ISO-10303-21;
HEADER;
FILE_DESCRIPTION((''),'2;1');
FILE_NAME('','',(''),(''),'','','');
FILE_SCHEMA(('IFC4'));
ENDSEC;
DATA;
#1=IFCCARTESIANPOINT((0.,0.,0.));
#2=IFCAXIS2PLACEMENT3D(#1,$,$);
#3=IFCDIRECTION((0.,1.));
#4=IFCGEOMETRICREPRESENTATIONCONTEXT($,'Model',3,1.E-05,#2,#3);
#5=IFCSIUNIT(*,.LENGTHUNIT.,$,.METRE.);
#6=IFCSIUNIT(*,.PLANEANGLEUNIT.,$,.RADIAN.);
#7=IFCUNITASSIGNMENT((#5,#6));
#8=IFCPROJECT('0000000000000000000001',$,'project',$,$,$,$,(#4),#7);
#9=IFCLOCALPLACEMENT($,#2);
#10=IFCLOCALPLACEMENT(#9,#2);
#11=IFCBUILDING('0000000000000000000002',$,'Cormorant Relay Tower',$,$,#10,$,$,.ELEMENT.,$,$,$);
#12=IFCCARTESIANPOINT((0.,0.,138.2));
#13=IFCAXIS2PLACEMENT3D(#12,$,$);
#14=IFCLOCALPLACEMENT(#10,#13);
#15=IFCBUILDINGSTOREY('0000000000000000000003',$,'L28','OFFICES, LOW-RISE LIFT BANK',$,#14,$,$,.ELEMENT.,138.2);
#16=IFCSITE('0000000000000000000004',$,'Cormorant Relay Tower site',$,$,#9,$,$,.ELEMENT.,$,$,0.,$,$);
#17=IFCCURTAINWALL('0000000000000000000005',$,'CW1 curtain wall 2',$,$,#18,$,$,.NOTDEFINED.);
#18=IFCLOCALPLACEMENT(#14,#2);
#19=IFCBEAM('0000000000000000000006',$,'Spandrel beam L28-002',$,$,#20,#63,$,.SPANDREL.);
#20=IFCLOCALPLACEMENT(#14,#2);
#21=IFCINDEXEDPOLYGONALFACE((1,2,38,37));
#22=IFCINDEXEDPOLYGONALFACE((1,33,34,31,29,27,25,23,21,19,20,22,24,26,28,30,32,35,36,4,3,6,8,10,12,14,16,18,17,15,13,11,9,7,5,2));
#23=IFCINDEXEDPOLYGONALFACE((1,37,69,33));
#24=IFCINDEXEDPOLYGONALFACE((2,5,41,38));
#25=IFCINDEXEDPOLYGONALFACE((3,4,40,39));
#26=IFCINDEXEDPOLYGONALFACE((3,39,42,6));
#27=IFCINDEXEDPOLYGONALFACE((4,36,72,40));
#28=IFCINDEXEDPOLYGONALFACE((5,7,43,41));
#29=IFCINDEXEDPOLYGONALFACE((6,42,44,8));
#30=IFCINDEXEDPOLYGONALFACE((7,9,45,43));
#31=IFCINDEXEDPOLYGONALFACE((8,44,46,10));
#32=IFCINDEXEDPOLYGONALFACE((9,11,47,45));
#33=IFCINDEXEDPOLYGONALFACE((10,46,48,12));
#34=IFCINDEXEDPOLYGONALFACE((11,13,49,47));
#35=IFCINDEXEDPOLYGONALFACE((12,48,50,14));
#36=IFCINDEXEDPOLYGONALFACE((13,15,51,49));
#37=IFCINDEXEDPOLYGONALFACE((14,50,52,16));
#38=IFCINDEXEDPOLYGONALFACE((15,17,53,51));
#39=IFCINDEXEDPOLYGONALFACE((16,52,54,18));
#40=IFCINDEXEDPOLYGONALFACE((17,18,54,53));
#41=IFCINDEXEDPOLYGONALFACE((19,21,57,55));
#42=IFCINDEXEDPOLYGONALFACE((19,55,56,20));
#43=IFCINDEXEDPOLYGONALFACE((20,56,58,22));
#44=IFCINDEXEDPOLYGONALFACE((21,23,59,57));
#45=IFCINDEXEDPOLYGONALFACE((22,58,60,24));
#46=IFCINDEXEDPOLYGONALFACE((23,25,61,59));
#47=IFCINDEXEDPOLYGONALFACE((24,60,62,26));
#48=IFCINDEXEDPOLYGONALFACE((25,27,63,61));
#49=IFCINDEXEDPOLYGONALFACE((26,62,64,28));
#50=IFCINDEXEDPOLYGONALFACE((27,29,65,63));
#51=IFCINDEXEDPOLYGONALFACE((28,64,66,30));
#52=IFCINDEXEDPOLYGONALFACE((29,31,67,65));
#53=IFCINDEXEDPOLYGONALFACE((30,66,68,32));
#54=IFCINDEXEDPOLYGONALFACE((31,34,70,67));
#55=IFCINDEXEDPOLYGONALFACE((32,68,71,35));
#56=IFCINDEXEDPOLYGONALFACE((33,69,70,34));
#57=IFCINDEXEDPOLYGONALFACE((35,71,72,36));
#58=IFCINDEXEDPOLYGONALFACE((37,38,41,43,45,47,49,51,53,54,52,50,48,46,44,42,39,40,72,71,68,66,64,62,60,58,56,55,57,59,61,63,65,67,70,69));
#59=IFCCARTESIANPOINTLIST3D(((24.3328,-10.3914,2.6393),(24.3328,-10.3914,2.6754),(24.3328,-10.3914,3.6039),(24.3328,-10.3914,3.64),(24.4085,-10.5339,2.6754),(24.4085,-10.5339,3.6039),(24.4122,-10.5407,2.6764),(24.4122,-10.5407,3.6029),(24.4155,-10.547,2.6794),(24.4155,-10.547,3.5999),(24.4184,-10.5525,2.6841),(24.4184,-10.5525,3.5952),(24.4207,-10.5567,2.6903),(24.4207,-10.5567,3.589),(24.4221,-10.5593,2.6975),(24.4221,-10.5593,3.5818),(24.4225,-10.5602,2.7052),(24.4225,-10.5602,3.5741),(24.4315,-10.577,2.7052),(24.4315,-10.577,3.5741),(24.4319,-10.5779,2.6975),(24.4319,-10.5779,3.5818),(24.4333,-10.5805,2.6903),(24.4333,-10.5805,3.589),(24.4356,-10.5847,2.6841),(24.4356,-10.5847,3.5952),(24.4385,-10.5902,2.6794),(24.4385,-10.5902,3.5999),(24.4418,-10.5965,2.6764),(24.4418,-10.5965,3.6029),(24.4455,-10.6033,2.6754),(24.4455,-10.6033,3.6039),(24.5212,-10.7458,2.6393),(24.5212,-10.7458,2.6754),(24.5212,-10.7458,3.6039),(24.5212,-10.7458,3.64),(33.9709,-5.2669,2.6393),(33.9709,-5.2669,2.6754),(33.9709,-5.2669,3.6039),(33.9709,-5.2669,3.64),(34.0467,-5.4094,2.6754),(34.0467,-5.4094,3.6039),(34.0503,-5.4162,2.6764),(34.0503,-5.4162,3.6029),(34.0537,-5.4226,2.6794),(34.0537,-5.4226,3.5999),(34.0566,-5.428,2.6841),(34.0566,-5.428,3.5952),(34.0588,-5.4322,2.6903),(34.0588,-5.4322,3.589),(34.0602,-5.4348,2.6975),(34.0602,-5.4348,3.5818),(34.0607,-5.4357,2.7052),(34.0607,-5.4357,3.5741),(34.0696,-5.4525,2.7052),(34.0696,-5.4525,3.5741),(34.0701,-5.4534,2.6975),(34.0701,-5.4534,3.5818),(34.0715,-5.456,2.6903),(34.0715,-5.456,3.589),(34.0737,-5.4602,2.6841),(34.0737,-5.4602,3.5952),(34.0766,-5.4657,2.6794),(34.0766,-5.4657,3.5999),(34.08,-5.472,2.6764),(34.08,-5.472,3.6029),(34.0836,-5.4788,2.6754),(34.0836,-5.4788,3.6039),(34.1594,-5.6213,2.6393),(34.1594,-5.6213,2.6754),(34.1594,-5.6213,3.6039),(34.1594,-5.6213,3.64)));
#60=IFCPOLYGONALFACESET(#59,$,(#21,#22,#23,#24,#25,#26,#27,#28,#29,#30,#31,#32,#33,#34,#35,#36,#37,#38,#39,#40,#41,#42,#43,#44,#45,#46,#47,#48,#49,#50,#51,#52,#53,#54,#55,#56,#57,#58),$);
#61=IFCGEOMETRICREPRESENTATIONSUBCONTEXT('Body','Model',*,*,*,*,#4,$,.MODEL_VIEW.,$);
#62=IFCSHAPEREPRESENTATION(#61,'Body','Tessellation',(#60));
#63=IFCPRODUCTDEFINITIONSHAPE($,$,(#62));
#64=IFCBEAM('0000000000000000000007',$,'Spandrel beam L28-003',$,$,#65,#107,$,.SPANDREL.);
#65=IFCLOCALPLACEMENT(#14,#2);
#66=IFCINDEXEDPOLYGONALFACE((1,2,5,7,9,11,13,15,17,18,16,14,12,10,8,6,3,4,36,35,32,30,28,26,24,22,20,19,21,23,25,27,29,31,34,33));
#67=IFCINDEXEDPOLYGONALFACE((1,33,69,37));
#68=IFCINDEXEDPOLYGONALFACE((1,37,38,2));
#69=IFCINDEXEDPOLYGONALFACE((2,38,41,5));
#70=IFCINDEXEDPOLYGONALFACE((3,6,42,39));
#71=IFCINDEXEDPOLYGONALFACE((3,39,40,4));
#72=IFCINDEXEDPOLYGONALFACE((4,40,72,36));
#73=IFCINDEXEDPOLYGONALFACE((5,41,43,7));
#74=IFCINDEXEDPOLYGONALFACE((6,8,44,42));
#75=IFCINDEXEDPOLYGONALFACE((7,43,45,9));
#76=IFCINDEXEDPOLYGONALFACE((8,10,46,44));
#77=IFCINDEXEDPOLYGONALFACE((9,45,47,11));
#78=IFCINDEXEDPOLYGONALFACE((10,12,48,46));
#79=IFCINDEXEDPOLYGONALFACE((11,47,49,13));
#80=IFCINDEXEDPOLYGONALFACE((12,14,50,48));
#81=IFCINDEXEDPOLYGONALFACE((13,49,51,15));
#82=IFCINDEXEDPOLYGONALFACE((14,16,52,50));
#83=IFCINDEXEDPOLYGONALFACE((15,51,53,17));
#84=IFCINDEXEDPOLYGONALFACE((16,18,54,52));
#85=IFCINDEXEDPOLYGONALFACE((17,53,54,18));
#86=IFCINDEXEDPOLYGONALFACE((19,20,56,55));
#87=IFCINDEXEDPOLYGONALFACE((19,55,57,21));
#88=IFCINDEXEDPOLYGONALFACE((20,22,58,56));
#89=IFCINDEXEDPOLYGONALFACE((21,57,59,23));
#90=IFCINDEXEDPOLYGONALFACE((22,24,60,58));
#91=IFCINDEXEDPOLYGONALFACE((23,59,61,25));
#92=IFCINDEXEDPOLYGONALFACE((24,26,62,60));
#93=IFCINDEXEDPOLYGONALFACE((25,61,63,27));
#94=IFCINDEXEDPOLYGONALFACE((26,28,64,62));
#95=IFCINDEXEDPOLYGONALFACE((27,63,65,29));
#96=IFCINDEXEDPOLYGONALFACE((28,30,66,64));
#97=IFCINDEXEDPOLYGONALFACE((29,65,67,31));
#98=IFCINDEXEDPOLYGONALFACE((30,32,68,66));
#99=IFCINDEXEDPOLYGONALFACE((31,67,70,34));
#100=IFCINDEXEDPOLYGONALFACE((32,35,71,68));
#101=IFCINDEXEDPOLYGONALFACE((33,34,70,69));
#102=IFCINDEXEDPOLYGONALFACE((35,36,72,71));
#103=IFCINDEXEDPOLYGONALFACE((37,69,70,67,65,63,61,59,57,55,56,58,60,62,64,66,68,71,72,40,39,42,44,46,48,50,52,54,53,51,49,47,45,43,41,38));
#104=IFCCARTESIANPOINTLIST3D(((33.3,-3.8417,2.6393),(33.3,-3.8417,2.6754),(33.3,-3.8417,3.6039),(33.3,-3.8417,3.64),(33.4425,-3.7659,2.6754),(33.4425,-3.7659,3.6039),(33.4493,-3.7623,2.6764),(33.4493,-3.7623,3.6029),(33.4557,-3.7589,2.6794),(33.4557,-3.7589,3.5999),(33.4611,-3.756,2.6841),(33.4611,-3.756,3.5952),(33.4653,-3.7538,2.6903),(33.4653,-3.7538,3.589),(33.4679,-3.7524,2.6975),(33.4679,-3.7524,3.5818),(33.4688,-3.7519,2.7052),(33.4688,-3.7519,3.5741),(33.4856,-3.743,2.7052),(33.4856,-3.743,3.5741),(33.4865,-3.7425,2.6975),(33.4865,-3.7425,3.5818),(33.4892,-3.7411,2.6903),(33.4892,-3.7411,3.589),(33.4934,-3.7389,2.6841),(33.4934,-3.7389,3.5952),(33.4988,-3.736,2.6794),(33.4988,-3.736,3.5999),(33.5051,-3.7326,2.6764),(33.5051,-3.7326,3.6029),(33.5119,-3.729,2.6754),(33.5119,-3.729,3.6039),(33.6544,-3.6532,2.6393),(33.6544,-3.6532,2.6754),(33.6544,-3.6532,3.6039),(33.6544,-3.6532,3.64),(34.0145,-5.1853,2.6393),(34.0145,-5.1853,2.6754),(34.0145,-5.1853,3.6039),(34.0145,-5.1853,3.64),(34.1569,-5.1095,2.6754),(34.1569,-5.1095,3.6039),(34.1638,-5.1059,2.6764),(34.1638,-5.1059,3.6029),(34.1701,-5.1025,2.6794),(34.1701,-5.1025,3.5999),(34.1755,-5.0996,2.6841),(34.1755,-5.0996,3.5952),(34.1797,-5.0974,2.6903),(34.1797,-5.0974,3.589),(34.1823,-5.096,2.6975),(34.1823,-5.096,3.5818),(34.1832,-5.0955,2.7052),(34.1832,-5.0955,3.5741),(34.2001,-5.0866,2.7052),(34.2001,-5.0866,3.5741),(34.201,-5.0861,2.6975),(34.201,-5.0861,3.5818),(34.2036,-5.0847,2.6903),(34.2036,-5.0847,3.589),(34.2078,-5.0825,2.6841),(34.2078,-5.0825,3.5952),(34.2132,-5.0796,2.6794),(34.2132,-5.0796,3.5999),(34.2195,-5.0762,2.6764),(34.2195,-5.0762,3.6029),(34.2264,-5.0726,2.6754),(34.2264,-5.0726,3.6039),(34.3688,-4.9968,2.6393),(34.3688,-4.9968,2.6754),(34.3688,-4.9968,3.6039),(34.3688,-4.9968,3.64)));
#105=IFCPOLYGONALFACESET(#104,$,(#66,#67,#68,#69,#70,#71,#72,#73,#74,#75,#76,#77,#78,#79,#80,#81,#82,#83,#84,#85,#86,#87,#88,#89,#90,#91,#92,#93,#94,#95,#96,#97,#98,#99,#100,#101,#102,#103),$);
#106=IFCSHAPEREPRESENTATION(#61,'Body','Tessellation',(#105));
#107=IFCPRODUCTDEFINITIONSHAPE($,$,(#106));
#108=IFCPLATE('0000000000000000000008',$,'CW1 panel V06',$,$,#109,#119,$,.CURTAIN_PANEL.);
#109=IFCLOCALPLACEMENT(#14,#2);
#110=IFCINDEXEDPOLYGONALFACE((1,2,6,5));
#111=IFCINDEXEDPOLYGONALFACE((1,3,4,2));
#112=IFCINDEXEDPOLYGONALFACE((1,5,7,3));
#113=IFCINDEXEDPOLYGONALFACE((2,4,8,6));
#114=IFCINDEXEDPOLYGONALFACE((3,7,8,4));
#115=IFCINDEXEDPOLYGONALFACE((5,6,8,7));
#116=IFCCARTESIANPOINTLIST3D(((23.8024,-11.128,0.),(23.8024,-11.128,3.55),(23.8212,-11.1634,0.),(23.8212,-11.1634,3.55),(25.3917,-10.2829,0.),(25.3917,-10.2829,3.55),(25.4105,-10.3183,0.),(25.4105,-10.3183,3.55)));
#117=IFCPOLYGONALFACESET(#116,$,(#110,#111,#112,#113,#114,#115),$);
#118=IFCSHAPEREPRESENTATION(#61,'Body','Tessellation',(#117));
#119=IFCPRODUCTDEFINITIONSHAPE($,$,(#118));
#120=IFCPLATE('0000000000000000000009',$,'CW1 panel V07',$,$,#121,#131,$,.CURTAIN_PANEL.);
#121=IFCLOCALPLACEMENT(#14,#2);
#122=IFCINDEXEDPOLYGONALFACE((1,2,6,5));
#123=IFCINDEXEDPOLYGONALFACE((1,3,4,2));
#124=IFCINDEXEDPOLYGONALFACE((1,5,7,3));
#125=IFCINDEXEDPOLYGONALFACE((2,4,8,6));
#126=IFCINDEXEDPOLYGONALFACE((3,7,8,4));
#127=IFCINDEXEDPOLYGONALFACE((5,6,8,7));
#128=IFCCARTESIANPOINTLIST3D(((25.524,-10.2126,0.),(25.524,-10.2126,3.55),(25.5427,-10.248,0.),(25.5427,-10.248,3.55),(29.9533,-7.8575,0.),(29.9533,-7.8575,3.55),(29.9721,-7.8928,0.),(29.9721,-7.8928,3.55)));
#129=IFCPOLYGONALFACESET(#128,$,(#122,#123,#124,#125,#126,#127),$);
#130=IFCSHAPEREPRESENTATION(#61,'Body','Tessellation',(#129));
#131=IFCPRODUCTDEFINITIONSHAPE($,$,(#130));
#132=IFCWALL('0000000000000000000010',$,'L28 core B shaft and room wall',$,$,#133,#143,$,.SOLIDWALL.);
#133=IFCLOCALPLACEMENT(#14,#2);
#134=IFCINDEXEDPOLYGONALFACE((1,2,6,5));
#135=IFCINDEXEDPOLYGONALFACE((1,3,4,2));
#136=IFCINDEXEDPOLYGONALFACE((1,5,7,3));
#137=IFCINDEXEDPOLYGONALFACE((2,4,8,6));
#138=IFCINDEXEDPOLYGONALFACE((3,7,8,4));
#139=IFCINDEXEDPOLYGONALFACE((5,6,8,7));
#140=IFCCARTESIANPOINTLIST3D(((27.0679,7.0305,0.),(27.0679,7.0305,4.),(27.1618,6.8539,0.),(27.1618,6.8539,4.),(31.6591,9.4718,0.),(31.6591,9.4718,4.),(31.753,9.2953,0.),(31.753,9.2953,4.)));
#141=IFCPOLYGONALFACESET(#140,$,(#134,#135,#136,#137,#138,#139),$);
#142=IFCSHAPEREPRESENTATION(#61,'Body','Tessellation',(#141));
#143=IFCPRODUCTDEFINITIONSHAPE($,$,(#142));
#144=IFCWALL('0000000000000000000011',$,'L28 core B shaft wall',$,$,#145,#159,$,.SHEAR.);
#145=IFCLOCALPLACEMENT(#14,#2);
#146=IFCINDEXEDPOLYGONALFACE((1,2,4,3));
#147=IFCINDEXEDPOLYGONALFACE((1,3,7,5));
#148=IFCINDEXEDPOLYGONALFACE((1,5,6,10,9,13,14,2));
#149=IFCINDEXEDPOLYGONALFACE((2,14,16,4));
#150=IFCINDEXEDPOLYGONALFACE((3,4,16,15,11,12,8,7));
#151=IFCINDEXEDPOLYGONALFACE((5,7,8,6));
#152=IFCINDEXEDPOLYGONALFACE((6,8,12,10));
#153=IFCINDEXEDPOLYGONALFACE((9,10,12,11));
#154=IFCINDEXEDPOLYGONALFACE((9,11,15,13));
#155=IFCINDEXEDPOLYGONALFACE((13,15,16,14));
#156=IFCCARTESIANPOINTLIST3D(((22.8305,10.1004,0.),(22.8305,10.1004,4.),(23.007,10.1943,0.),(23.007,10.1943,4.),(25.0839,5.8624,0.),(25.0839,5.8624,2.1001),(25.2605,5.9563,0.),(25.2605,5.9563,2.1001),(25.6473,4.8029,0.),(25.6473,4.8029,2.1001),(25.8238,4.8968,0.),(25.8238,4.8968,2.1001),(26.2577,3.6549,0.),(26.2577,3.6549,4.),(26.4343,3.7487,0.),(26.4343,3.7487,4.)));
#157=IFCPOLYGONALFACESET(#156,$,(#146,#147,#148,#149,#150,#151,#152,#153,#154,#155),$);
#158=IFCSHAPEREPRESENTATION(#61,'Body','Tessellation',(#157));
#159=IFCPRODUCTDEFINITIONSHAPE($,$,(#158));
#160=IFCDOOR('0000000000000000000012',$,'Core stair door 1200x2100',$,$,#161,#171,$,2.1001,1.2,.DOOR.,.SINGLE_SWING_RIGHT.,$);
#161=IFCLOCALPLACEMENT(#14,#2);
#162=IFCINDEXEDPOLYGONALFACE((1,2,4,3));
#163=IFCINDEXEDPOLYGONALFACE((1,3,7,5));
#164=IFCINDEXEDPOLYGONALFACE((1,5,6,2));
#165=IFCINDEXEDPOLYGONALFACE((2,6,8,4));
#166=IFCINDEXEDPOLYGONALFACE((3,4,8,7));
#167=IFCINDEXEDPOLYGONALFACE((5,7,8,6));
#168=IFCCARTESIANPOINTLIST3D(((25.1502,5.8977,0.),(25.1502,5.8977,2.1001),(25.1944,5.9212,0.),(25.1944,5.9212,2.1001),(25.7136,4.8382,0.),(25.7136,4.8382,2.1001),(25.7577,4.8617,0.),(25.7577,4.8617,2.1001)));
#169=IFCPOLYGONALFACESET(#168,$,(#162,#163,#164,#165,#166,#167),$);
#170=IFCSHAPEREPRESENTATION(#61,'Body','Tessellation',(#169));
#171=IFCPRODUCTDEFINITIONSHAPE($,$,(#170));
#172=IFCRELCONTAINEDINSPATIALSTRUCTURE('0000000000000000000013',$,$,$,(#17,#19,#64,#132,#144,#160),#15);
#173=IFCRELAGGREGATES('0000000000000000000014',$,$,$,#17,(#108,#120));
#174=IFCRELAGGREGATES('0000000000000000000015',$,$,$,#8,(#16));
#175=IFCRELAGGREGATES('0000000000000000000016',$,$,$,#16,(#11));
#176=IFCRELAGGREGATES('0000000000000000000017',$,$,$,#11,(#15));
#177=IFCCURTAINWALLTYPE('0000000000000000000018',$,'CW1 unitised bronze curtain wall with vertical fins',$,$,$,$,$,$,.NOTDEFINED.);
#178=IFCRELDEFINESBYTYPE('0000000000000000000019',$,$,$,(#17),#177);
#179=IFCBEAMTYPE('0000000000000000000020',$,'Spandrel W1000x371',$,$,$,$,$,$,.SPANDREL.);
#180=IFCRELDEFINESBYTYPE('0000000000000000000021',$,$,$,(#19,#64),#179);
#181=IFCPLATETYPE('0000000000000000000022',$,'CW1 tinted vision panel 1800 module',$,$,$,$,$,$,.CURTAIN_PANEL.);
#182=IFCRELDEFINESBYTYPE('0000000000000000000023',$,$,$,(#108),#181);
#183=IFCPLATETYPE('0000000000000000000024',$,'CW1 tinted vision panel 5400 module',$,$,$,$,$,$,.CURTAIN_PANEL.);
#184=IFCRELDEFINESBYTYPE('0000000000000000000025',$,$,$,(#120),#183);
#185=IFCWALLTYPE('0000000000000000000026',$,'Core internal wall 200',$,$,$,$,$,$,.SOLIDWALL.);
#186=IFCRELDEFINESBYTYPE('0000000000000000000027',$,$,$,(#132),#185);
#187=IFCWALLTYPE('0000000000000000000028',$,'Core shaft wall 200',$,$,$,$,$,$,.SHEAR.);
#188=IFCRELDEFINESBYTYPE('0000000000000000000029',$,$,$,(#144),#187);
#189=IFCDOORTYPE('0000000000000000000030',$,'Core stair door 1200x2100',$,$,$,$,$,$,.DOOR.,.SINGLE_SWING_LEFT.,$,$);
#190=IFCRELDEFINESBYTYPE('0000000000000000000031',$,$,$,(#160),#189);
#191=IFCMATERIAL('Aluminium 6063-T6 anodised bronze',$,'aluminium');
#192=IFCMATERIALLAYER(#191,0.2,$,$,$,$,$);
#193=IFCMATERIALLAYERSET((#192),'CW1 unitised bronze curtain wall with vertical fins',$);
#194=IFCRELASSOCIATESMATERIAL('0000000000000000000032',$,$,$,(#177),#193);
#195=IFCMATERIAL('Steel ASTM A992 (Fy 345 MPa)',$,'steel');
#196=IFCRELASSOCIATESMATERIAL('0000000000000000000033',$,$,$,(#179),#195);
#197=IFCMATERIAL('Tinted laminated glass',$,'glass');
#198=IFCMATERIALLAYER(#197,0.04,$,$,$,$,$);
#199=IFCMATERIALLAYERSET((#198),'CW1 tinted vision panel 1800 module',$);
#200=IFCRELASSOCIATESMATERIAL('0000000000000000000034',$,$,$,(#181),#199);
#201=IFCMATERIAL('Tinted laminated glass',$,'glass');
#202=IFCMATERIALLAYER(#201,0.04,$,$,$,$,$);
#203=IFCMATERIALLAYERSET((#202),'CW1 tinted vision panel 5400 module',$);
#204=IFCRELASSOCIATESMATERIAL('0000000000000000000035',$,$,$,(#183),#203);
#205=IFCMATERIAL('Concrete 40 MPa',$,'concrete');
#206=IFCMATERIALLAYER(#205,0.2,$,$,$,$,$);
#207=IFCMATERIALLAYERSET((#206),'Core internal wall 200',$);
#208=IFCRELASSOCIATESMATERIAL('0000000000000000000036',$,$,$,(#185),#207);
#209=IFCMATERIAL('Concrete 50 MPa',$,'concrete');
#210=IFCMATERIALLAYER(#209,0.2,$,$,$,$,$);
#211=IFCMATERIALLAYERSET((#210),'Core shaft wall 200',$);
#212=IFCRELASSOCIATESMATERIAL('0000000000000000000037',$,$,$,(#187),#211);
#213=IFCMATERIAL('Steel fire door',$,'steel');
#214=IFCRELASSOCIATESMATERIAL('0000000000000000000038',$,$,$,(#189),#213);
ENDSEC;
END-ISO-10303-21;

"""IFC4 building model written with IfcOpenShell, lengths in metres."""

from ifc_helpers import new_model, si_unit, direction, frame, frame_2d, origin, origin_2d, place, context, subcontext, project, spatial, rectangle, i_section, extrude, material, layer, layer_set, material_profile, profile_set, type_object, element, fill, aggregate, save


model = new_model("IFC4")

# Units and contexts
model_context = context("Model", 3, precision=1e-05, world=origin(), true_north=direction((0.0, 1.0)))
body_context = subcontext(model_context, "Body", "Model", "MODEL_VIEW")
ifc_project = project(units=[si_unit("LENGTHUNIT", "METRE"), si_unit("PLANEANGLEUNIT", "RADIAN")], contexts=[model_context])

# Site, building, storey
site_placement = place(None, origin())
site = spatial("IfcSite", under=ifc_project, at=site_placement, Name="Cormorant Relay Tower site", CompositionType="ELEMENT", RefElevation=0.0)
building_placement = place(site_placement, origin())
building = spatial("IfcBuilding", under=site, at=building_placement, Name="Cormorant Relay Tower", CompositionType="ELEMENT")
storey_placement = place(building_placement, frame((0.0, 0.0, 138.2)))
storey = spatial("IfcBuildingStorey", under=building, at=storey_placement, Name="L28", Description="OFFICES, LOW-RISE LIFT BANK", CompositionType="ELEMENT", Elevation=138.2)

# Curtain wall
ifc_material_1 = material(Name="Aluminium 6063-T6 anodised bronze", Category="aluminium")
ifc_layer_1 = layer(ifc_material_1, 0.2)
ifc_layer_set_1 = layer_set([ifc_layer_1], Name="CW1 unitised bronze curtain wall with vertical fins")
curtain_wall_type = type_object("IfcCurtainWallType", Name="CW1 unitised bronze curtain wall with vertical fins", PredefinedType="NOTDEFINED", material=ifc_layer_set_1)
curtain_wall_1_placement = place(storey_placement, origin())
curtain_wall_1 = element("IfcCurtainWall", 1, at=curtain_wall_1_placement, inside=storey, type_object=curtain_wall_type, Name="CW1 curtain wall 2", PredefinedType="NOTDEFINED")

# Beams
ifc_material_2 = material(Name="Steel ASTM A992 (Fy 345 MPa)", Category="steel")
ifc_material_profile_1 = material_profile(ifc_material_2, i_section(OverallWidth=0.4014, OverallDepth=1.0007, WebThickness=0.019, FlangeThickness=0.0361, FilletRadius=0.0298, at=origin_2d()), Name="W1000x371")
ifc_profile_set_1 = profile_set([ifc_material_profile_1], Name="Steel ASTM A992 (Fy 345 MPa)")
beam_type = type_object("IfcBeamType", Name="Spandrel W1000x371", PredefinedType="SPANDREL", material=ifc_profile_set_1)
beam_1_placement = place(storey_placement, frame((24.427, -10.5686, 3.1396), z_axis=(0.882955, 0.469457, 0.0), x_axis=(-0.469457, 0.882955, 0.0)))
element("IfcBeam", 2, at=beam_1_placement, inside=storey, type_object=beam_type, Name="Spandrel beam L28-002", PredefinedType="SPANDREL", context=body_context, shape_type="SweptSolid", body=[
    extrude(i_section(OverallWidth=0.4014, OverallDepth=1.0007, WebThickness=0.019, FlangeThickness=0.0361, FilletRadius=0.0298, at=origin_2d()), origin(), (0.0, 0.0, 1.0), 10.9158),
])
beam_2_placement = place(storey_placement, frame((34.1917, -5.0911, 3.1396), z_axis=(-0.469472, 0.882947, 0.0), x_axis=(-0.882947, -0.469472, 0.0)))
element("IfcBeam", 3, at=beam_2_placement, inside=storey, type_object=beam_type, Name="Spandrel beam L28-003", PredefinedType="SPANDREL", context=body_context, shape_type="SweptSolid", body=[
    extrude(i_section(OverallWidth=0.4014, OverallDepth=1.0007, WebThickness=0.019, FlangeThickness=0.0361, FilletRadius=0.0298, at=origin_2d()), origin(), (0.0, 0.0, 1.0), 1.5217),
])

# Plates
ifc_material_3 = material(Name="Tinted laminated glass", Category="glass")
ifc_layer_2 = layer(ifc_material_3, 0.04)
ifc_layer_set_2 = layer_set([ifc_layer_2], Name="CW1 tinted vision panel 1800 module")
plate_type_1 = type_object("IfcPlateType", Name="CW1 tinted vision panel 1800 module", PredefinedType="CURTAIN_PANEL", material=ifc_layer_set_2)
plate_1_placement = place(storey_placement, frame((24.6064, -10.7231, 0.0), z_axis=(0.0, 0.0, 1.0), x_axis=(0.882948, 0.469472, 0.0)))
plate_1 = element("IfcPlate", 4, at=plate_1_placement, type_object=plate_type_1, Name="CW1 panel V06", PredefinedType="CURTAIN_PANEL", context=body_context, shape_type="SweptSolid", body=[
    extrude(rectangle(XDim=1.8, YDim=0.04, at=origin_2d()), origin(), (0.0, 0.0, 1.0), 3.55),
])
ifc_material_4 = material(Name="Tinted laminated glass", Category="glass")
ifc_layer_3 = layer(ifc_material_4, 0.04)
ifc_layer_set_3 = layer_set([ifc_layer_3], Name="CW1 tinted vision panel 5400 module")
plate_type_2 = type_object("IfcPlateType", Name="CW1 tinted vision panel 5400 module", PredefinedType="CURTAIN_PANEL", material=ifc_layer_set_3)
plate_2_placement = place(storey_placement, frame((27.748, -9.0527, 0.0), z_axis=(0.0, 0.0, 1.0), x_axis=(0.882948, 0.469472, 0.0)))
plate_2 = element("IfcPlate", 5, at=plate_2_placement, type_object=plate_type_2, Name="CW1 panel V07", PredefinedType="CURTAIN_PANEL", context=body_context, shape_type="SweptSolid", body=[
    extrude(rectangle(XDim=5.0166, YDim=0.04, at=origin_2d()), origin(), (0.0, 0.0, 1.0), 3.55),
])

# Wall
ifc_material_5 = material(Name="Concrete 40 MPa", Category="concrete")
ifc_layer_4 = layer(ifc_material_5, 0.2)
ifc_layer_set_4 = layer_set([ifc_layer_4], Name="Core internal wall 200")
wall_type_1 = type_object("IfcWallType", Name="Core internal wall 200", PredefinedType="SOLIDWALL", material=ifc_layer_set_4)
wall_1_placement = place(storey_placement, frame((27.1147, 6.9421, 0.0), z_axis=(0.0, 0.0, 1.0), x_axis=(0.882935, 0.469496, 0.0)))
element("IfcWall", 6, at=wall_1_placement, inside=storey, type_object=wall_type_1, Name="L28 core B shaft and room wall", PredefinedType="SOLIDWALL", context=body_context, shape_type="SweptSolid", body=[
    extrude(rectangle(XDim=5.2, YDim=0.2, at=frame_2d((2.6001, 0.0))), origin(), (0.0, 0.0, 1.0), 4.0),
])

# Wall, opening, door
ifc_material_6 = material(Name="Concrete 50 MPa", Category="concrete")
ifc_layer_5 = layer(ifc_material_6, 0.2)
ifc_layer_set_5 = layer_set([ifc_layer_5], Name="Core shaft wall 200")
wall_type_2 = type_object("IfcWallType", Name="Core shaft wall 200", PredefinedType="SHEAR", material=ifc_layer_set_5)
wall_2_placement = place(storey_placement, frame((26.3459, 3.7019, 0.0), z_axis=(0.0, 0.0, 1.0), x_axis=(-0.46948, 0.882943, 0.0)))
wall_2 = element("IfcWall", 7, at=wall_2_placement, inside=storey, type_object=wall_type_2, Name="L28 core B shaft wall", PredefinedType="SHEAR", context=body_context, shape_type="SweptSolid", body=[
    extrude(rectangle(XDim=7.3, YDim=0.2, at=frame_2d((3.6499, 0.0))), origin(), (0.0, 0.0, 1.0), 4.0),
])
opening_1_placement = place(wall_2_placement, frame((1.3, 0.0, 0.0)))
opening_1 = element("IfcOpeningElement", 8, at=opening_1_placement, cuts=wall_2, PredefinedType="OPENING", context=body_context, shape_type="SweptSolid", body=[
    extrude(rectangle(XDim=1.2, YDim=2.1001, at=frame_2d((0.6001, 1.05))), frame((0.0, 0.1099, 0.0), z_axis=(0.0, -1.0, 0.0), x_axis=(1.0, 0.0, 0.0)), (0.0, 0.0, 1.0), 0.22),
])
ifc_material_7 = material(Name="Steel fire door", Category="steel")
door_type_1 = type_object("IfcDoorType", Name="Core stair door 1200x2100", OperationType="SINGLE_SWING_LEFT", PredefinedType="DOOR", material=ifc_material_7)
door_1_placement = place(opening_1_placement, origin())
door_1 = element("IfcDoor", 9, at=door_1_placement, inside=storey, type_object=door_type_1, Name="Core stair door 1200x2100", OperationType="SINGLE_SWING_RIGHT", OverallHeight=2.1001, OverallWidth=1.2, PredefinedType="DOOR", context=body_context, shape_type="SweptSolid", body=[
    extrude(rectangle(XDim=1.2, YDim=2.1001, at=frame_2d((0.6001, 1.05))), frame((0.0, 0.0249, 0.0), z_axis=(0.0, -1.0, 0.0), x_axis=(1.0, 0.0, 0.0)), (0.0, 0.0, 1.0), 0.05),
])
fill(opening_1, door_1)

aggregate(curtain_wall_1, [plate_1, plate_2])

save(model, "model.ifc")
